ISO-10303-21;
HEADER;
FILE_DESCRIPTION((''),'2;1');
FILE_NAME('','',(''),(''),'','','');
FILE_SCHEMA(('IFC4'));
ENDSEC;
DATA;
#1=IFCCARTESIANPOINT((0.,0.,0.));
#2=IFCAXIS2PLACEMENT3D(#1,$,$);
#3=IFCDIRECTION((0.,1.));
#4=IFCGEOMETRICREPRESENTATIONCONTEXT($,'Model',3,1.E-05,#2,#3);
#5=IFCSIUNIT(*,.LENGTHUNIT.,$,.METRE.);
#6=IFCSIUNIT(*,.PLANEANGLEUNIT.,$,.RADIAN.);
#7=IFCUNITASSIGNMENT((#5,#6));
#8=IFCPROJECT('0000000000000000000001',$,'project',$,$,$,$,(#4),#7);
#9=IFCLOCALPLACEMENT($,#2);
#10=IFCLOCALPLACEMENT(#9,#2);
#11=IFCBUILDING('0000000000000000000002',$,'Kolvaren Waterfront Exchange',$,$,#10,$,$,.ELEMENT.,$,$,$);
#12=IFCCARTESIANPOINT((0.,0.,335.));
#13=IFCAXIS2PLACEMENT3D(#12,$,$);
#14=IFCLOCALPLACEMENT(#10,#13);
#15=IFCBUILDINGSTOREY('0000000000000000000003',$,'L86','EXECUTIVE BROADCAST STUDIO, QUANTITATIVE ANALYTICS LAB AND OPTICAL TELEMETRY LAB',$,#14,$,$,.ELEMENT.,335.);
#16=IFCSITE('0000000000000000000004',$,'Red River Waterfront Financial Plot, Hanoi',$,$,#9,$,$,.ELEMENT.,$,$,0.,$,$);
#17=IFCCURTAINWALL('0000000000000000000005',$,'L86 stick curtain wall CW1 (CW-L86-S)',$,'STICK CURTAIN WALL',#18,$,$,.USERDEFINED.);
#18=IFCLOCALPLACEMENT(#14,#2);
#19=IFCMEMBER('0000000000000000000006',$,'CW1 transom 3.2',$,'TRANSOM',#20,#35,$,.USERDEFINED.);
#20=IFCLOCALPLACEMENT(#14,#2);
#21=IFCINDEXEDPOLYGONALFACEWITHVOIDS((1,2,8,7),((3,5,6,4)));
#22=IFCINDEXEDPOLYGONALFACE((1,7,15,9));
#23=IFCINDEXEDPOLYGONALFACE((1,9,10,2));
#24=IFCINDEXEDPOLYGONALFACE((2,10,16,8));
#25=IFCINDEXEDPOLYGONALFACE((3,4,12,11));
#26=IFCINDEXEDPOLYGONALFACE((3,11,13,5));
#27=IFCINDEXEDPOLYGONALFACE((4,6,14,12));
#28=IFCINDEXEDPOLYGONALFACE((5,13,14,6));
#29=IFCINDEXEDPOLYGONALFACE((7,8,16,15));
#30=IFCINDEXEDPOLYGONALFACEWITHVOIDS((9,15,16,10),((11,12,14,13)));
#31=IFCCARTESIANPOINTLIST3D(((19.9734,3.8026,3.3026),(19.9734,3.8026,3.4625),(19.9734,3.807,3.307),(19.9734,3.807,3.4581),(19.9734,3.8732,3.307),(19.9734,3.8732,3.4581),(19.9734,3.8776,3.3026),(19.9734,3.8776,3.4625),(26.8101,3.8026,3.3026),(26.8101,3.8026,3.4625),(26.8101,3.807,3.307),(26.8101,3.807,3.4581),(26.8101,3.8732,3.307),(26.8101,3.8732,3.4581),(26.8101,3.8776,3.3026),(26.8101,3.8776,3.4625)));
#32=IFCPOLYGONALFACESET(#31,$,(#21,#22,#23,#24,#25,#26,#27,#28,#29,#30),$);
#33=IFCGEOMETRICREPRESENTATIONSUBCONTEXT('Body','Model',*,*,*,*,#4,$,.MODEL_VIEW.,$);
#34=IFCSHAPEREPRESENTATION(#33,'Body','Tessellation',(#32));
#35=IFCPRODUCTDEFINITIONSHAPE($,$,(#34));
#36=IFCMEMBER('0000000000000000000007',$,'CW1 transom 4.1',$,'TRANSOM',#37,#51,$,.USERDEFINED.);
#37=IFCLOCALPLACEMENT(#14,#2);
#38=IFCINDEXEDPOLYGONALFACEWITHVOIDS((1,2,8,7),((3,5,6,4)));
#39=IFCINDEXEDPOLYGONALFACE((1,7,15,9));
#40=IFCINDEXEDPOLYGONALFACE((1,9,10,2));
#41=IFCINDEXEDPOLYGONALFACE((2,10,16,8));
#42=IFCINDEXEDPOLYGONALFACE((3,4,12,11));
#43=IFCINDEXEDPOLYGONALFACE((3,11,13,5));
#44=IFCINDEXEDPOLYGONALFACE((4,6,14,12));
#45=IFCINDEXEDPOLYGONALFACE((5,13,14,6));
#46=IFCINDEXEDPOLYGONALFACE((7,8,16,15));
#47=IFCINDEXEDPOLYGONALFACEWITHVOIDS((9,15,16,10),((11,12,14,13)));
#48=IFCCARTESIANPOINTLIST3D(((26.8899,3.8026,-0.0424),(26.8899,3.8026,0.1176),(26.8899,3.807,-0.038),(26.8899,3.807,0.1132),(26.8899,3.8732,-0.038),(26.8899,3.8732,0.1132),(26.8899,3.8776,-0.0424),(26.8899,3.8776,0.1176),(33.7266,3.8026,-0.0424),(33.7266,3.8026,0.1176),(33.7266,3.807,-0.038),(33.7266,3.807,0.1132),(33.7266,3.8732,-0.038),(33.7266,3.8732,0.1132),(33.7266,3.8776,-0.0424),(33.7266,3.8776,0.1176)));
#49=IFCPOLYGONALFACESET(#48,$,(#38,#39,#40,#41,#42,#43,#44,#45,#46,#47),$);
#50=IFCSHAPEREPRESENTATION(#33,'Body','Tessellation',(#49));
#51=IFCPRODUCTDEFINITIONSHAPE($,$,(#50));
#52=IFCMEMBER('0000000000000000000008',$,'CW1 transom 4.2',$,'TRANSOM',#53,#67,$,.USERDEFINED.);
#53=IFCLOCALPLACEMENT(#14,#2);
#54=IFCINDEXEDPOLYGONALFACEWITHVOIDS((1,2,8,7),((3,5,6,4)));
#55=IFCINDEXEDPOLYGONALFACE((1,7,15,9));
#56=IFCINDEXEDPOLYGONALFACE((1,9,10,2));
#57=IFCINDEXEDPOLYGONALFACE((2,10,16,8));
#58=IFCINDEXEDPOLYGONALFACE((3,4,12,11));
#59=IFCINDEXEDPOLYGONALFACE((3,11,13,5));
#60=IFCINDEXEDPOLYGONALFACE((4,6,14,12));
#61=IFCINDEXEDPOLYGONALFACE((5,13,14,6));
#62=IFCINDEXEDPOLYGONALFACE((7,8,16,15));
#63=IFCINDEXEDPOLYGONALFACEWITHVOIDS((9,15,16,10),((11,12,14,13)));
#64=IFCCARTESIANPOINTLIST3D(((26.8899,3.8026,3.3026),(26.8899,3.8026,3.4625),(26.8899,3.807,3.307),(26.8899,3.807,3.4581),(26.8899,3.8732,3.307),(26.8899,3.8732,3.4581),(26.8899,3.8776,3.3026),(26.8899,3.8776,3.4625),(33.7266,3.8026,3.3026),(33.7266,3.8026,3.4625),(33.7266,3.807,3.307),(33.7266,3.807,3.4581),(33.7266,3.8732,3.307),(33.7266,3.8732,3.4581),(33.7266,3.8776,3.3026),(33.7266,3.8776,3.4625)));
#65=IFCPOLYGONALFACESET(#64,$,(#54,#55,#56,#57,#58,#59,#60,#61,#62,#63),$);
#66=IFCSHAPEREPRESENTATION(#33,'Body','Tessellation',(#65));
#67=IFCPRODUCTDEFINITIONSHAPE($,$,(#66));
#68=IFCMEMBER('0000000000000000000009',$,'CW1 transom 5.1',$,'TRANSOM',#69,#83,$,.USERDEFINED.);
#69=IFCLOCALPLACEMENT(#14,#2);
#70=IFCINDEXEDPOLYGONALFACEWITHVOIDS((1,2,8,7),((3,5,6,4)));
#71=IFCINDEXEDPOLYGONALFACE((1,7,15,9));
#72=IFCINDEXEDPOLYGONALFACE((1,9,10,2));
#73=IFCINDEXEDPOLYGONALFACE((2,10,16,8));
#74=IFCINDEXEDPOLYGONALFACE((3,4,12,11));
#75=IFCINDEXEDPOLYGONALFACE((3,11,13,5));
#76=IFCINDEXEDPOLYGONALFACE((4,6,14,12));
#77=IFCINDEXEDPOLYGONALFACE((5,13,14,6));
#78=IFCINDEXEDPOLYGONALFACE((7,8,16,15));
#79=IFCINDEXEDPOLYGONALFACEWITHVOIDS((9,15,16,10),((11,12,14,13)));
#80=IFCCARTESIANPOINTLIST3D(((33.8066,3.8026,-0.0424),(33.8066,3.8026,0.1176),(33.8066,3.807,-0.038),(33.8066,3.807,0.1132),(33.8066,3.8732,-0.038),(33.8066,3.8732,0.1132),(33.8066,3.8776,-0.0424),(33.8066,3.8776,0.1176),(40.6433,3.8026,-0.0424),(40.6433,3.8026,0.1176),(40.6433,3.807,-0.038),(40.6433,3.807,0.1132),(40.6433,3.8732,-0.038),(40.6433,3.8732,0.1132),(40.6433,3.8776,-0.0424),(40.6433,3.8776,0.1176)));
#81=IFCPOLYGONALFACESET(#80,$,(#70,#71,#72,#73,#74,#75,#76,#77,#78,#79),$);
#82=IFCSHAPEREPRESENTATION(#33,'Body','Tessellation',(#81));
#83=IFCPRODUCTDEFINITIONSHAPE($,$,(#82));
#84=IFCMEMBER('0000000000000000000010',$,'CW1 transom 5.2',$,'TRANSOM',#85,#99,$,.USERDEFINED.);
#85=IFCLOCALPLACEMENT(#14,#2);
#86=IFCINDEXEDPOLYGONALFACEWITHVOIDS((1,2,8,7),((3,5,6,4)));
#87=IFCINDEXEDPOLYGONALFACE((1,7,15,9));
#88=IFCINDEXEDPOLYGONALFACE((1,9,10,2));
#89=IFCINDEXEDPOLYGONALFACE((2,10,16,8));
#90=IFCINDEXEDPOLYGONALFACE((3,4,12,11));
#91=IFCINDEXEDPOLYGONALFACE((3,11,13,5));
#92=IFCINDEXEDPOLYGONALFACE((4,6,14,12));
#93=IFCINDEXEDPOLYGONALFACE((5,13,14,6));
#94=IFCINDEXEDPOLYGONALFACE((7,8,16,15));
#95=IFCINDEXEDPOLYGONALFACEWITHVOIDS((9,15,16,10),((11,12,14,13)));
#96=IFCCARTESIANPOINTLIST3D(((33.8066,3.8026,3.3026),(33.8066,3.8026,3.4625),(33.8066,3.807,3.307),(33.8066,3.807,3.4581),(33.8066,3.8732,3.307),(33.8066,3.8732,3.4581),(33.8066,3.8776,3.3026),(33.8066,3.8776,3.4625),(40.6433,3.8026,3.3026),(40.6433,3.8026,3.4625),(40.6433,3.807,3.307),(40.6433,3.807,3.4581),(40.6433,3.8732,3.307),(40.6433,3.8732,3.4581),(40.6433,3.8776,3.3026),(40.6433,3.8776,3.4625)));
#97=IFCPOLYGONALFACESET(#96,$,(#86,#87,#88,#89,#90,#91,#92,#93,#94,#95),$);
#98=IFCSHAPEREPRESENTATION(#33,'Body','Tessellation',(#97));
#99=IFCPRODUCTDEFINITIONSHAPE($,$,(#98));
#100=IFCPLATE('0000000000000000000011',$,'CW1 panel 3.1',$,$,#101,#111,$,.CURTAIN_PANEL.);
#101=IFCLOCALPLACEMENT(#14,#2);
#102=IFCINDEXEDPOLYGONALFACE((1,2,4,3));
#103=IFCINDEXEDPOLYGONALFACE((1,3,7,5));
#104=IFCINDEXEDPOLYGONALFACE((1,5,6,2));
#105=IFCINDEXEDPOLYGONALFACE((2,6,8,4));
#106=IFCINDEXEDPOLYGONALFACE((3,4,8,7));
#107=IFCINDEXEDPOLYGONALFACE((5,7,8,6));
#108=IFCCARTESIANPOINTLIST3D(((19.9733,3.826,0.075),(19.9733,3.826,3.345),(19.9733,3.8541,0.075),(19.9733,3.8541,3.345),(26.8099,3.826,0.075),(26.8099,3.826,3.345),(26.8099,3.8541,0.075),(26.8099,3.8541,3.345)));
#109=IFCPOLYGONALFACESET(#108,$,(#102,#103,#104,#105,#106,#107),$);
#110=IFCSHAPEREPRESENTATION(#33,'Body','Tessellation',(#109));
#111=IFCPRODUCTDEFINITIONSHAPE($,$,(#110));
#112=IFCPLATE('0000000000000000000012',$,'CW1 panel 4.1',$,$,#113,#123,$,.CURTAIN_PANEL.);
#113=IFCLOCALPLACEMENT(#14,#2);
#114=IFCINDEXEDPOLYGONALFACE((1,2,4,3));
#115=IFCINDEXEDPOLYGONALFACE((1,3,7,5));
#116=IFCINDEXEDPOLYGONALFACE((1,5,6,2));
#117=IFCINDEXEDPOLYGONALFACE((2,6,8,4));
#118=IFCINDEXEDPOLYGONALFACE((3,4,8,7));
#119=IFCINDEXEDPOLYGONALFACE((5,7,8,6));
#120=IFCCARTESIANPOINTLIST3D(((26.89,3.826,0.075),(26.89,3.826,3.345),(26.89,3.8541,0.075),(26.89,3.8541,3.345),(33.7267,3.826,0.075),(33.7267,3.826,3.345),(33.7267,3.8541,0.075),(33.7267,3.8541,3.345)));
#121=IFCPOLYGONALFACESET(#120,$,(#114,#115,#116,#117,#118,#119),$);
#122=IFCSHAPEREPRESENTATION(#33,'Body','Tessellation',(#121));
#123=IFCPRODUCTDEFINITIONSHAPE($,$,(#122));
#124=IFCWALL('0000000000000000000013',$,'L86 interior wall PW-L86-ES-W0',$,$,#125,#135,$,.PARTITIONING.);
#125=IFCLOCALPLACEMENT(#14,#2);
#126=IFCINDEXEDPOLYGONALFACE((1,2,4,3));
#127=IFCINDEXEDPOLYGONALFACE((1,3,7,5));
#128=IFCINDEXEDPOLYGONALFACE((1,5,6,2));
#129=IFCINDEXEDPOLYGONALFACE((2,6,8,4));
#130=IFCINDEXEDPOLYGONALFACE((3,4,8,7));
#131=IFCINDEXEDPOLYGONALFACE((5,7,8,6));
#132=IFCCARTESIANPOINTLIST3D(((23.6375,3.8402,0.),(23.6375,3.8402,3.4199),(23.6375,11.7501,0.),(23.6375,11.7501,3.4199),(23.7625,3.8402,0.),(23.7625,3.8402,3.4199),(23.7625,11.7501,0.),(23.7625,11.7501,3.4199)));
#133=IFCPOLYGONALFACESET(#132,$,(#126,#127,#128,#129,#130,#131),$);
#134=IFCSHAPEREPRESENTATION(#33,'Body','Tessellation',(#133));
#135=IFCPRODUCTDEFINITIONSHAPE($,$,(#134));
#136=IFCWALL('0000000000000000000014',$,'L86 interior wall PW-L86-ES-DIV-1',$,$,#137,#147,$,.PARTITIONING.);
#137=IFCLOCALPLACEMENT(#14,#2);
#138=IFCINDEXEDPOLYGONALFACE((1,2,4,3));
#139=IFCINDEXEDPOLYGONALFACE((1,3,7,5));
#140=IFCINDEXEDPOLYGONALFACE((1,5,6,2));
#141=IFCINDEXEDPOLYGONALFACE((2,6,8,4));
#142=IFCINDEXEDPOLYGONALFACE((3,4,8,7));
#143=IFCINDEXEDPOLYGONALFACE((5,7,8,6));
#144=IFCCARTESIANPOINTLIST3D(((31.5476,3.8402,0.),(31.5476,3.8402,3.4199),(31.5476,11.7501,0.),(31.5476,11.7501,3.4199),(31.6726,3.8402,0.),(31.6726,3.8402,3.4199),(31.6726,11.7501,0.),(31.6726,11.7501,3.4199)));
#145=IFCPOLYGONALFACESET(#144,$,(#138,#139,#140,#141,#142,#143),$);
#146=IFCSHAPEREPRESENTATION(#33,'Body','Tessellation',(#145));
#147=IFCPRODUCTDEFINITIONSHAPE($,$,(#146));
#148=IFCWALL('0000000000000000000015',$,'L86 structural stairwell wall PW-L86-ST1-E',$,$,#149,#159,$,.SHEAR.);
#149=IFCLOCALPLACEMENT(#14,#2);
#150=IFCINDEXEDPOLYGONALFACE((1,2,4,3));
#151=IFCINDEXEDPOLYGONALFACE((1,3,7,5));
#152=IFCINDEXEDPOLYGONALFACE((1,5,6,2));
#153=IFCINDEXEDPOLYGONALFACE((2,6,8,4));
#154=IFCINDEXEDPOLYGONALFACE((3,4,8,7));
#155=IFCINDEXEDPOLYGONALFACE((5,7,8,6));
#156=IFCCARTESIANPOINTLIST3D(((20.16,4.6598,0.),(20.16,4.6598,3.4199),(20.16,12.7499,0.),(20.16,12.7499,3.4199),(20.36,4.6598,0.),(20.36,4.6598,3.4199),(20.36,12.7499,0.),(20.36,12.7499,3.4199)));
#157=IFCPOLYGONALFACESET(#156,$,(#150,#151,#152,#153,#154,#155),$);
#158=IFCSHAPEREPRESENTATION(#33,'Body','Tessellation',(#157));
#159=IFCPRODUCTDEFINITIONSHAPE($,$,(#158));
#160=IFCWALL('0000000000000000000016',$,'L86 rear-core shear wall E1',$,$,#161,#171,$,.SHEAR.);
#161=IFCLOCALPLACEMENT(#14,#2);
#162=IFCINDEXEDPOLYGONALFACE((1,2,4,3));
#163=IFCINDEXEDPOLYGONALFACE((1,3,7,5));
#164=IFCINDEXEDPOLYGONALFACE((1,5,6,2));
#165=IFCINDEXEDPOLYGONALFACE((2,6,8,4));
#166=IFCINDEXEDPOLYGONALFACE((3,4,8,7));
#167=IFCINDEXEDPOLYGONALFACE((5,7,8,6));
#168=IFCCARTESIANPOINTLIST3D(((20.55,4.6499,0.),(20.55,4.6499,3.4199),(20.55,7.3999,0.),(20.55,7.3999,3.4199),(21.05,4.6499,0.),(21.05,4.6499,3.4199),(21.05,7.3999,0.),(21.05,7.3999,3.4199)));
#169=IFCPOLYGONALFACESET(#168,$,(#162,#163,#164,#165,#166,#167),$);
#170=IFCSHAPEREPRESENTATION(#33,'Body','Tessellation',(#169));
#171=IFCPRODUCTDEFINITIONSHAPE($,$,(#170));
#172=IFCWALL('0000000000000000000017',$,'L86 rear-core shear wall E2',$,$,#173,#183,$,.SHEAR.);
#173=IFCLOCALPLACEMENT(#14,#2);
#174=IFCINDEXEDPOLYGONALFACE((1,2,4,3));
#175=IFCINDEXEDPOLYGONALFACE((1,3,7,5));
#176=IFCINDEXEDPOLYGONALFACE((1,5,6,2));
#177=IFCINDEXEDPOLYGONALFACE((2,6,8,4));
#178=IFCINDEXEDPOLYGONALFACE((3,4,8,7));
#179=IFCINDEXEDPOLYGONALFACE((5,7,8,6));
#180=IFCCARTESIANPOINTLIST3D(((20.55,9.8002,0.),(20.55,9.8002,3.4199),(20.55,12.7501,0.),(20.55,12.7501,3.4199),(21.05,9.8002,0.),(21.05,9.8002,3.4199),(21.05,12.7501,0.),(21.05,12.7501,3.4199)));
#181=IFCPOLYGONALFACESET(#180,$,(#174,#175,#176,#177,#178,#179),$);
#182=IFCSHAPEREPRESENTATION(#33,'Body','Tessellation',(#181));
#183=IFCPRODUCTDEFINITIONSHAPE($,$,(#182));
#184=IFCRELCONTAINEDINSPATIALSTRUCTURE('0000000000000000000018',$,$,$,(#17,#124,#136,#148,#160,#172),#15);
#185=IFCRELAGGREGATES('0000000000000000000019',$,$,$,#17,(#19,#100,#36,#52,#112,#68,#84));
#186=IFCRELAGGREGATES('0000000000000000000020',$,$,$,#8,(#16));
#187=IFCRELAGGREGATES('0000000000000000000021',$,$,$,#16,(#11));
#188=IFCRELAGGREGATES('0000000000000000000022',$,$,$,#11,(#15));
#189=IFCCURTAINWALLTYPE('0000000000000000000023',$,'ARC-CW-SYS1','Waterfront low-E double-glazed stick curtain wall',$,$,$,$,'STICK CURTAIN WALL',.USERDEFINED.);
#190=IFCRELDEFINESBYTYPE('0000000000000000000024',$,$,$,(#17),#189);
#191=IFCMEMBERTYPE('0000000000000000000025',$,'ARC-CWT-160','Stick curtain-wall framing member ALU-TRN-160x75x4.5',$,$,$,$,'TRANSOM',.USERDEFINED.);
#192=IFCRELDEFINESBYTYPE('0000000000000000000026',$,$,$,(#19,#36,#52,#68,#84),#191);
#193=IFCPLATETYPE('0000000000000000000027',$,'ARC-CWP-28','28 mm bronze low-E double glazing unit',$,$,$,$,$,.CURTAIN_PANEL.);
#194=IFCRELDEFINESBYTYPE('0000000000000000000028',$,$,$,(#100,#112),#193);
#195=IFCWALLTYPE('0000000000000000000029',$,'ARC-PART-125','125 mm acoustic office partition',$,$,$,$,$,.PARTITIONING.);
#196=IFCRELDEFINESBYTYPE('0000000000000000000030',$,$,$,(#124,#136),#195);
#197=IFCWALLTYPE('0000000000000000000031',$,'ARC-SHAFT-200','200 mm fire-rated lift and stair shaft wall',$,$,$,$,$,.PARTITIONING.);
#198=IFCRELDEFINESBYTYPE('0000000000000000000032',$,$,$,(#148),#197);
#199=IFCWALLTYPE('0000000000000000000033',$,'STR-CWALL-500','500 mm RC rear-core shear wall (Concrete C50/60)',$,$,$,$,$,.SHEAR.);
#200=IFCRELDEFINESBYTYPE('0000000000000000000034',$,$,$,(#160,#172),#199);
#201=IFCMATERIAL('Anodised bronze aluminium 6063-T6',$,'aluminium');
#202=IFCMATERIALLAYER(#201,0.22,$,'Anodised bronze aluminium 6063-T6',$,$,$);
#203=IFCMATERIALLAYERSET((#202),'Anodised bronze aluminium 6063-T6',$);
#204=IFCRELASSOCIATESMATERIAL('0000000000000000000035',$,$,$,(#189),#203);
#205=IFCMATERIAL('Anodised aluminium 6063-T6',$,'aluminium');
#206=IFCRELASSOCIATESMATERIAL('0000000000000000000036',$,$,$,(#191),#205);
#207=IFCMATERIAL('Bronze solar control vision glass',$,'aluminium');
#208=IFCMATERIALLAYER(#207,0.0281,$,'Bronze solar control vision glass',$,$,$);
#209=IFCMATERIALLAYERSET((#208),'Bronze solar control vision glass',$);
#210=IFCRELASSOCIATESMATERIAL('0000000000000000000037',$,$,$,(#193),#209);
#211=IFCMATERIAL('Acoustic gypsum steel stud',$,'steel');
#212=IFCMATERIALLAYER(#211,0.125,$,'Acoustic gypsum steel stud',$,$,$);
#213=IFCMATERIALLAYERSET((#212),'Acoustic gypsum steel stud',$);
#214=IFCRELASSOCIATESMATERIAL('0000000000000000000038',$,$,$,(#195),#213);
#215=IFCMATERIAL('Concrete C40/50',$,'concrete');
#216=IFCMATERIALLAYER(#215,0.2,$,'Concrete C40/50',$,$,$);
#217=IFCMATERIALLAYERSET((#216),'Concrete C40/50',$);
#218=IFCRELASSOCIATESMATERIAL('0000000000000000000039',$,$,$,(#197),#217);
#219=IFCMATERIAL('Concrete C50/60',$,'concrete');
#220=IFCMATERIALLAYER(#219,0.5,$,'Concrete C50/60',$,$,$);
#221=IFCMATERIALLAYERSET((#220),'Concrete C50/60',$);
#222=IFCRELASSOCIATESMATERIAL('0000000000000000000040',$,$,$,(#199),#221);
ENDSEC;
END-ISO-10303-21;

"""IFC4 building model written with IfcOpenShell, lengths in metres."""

from ifc_helpers import new_model, si_unit, direction, frame, frame_2d, origin, origin_with_axes, origin_2d, place, context, subcontext, project, spatial, rectangle, hollow_rectangle, extrude, source, transform, mapped, material, layer, layer_set, material_profile, profile_set, type_object, element, aggregate, save


model = new_model("IFC4")

# Units and contexts
model_context = context("Model", 3, precision=1e-05, world=origin(), true_north=direction((0.0, 1.0)))
body_context = subcontext(model_context, "Body", "Model", "MODEL_VIEW")
ifc_project = project(units=[si_unit("LENGTHUNIT", "METRE"), si_unit("PLANEANGLEUNIT", "RADIAN")], contexts=[model_context])

# Site, building, storey
site_placement = place(None, origin())
site = spatial("IfcSite", under=ifc_project, at=site_placement, Name="Red River Waterfront Financial Plot, Hanoi", CompositionType="ELEMENT", RefElevation=0.0)
building_placement = place(site_placement, origin())
building = spatial("IfcBuilding", under=site, at=building_placement, Name="Kolvaren Waterfront Exchange", CompositionType="ELEMENT")
storey_placement = place(building_placement, frame((0.0, 0.0, 335.0)))
storey = spatial("IfcBuildingStorey", under=building, at=storey_placement, Name="L86", Description="EXECUTIVE BROADCAST STUDIO, QUANTITATIVE ANALYTICS LAB AND OPTICAL TELEMETRY LAB", CompositionType="ELEMENT", Elevation=335.0)

# Shared definitions
ifc_material_1 = material(Name="Concrete C50/60", Category="concrete")

# Curtain wall, members, plates
ifc_material_2 = material(Name="Anodised bronze aluminium 6063-T6", Category="aluminium")
ifc_layer_1 = layer(ifc_material_2, 0.22, Name="Anodised bronze aluminium 6063-T6")
ifc_layer_set_1 = layer_set([ifc_layer_1], Name="Anodised bronze aluminium 6063-T6")
curtain_wall_type = type_object("IfcCurtainWallType", Name="ARC-CW-SYS1", Description="Waterfront low-E double-glazed stick curtain wall", ElementType="STICK CURTAIN WALL", PredefinedType="USERDEFINED", material=ifc_layer_set_1)
curtain_wall_placement = place(storey_placement, origin())
curtain_wall = element("IfcCurtainWall", 1, at=curtain_wall_placement, inside=storey, type_object=curtain_wall_type, Name="L86 stick curtain wall CW1 (CW-L86-S)", ObjectType="STICK CURTAIN WALL", PredefinedType="USERDEFINED")
ifc_material_3 = material(Name="Anodised aluminium 6063-T6", Category="aluminium")
ifc_material_profile_1 = material_profile(ifc_material_3, hollow_rectangle(XDim=0.075, YDim=0.1599, WallThickness=0.0044, at=origin_2d()), Name="ALU-TRN-160x75x4.5")
ifc_profile_set_1 = profile_set([ifc_material_profile_1], Name="Anodised aluminium 6063-T6")
member_type_1 = type_object("IfcMemberType", Name="ARC-CWT-160", Description="Stick curtain-wall framing member ALU-TRN-160x75x4.5", ElementType="TRANSOM", PredefinedType="USERDEFINED", material=ifc_profile_set_1)
shared_shape_1 = source(origin_with_axes(), body_context, "Body", "SweptSolid", [
    extrude(hollow_rectangle(XDim=0.075, YDim=0.1599, WallThickness=0.0044, at=origin_2d()), origin(), (0.0, 0.0, 1.0), 6.8367),
])
member_1_placement = place(storey_placement, frame((19.9734, 3.8401, 3.3826), z_axis=(1.0, 0.0, 0.0), x_axis=(0.0, 1.0, 0.0)))
member_1 = element("IfcMember", 2, at=member_1_placement, type_object=member_type_1, Name="CW1 transom 3.2", ObjectType="TRANSOM", PredefinedType="USERDEFINED", context=body_context, shape_type="MappedRepresentation", body=[
    mapped(shared_shape_1, transform((0.0, 0.0, 0.0), x_axis=(1.0, 0.0, 0.0), y_axis=(0.0, 1.0, 0.0), z_axis=(0.0, 0.0, 1.0), scale=1.0)),
])
member_2_placement = place(storey_placement, frame((26.8899, 3.8401, 0.0376), z_axis=(1.0, 0.0, 0.0), x_axis=(0.0, 1.0, 0.0)))
member_2 = element("IfcMember", 3, at=member_2_placement, type_object=member_type_1, Name="CW1 transom 4.1", ObjectType="TRANSOM", PredefinedType="USERDEFINED", context=body_context, shape_type="MappedRepresentation", body=[
    mapped(shared_shape_1, transform((0.0, 0.0, 0.0), x_axis=(1.0, 0.0, 0.0), y_axis=(0.0, 1.0, 0.0), z_axis=(0.0, 0.0, 1.0), scale=1.0)),
])
member_3_placement = place(storey_placement, frame((26.8899, 3.8401, 3.3826), z_axis=(1.0, 0.0, 0.0), x_axis=(0.0, 1.0, 0.0)))
member_3 = element("IfcMember", 4, at=member_3_placement, type_object=member_type_1, Name="CW1 transom 4.2", ObjectType="TRANSOM", PredefinedType="USERDEFINED", context=body_context, shape_type="MappedRepresentation", body=[
    mapped(shared_shape_1, transform((0.0, 0.0, 0.0), x_axis=(1.0, 0.0, 0.0), y_axis=(0.0, 1.0, 0.0), z_axis=(0.0, 0.0, 1.0), scale=1.0)),
])
member_4_placement = place(storey_placement, frame((33.8066, 3.8401, 0.0376), z_axis=(1.0, 0.0, 0.0), x_axis=(0.0, 1.0, 0.0)))
member_4 = element("IfcMember", 5, at=member_4_placement, type_object=member_type_1, Name="CW1 transom 5.1", ObjectType="TRANSOM", PredefinedType="USERDEFINED", context=body_context, shape_type="MappedRepresentation", body=[
    mapped(shared_shape_1, transform((0.0, 0.0, 0.0), x_axis=(1.0, 0.0, 0.0), y_axis=(0.0, 1.0, 0.0), z_axis=(0.0, 0.0, 1.0), scale=1.0)),
])
member_5_placement = place(storey_placement, frame((33.8066, 3.8401, 3.3826), z_axis=(1.0, 0.0, 0.0), x_axis=(0.0, 1.0, 0.0)))
member_5 = element("IfcMember", 6, at=member_5_placement, type_object=member_type_1, Name="CW1 transom 5.2", ObjectType="TRANSOM", PredefinedType="USERDEFINED", context=body_context, shape_type="MappedRepresentation", body=[
    mapped(shared_shape_1, transform((0.0, 0.0, 0.0), x_axis=(1.0, 0.0, 0.0), y_axis=(0.0, 1.0, 0.0), z_axis=(0.0, 0.0, 1.0), scale=1.0)),
])
ifc_material_4 = material(Name="Bronze solar control vision glass", Category="aluminium")
ifc_layer_2 = layer(ifc_material_4, 0.0281, Name="Bronze solar control vision glass")
ifc_layer_set_2 = layer_set([ifc_layer_2], Name="Bronze solar control vision glass")
plate_type = type_object("IfcPlateType", Name="ARC-CWP-28", Description="28 mm bronze low-E double glazing unit", PredefinedType="CURTAIN_PANEL", material=ifc_layer_set_2)
shared_shape_2 = source(origin_with_axes(), body_context, "Body", "SweptSolid", [
    extrude(rectangle(XDim=6.8367, YDim=0.0281, at=origin_2d()), origin(), (0.0, 0.0, 1.0), 3.27),
])
plate_1_placement = place(storey_placement, frame((23.3916, 3.8401, 0.075), z_axis=(0.0, 0.0, 1.0), x_axis=(1.0, 0.0, 0.0)))
plate_1 = element("IfcPlate", 7, at=plate_1_placement, type_object=plate_type, Name="CW1 panel 3.1", PredefinedType="CURTAIN_PANEL", context=body_context, shape_type="MappedRepresentation", body=[
    mapped(shared_shape_2, transform((0.0, 0.0, 0.0), x_axis=(1.0, 0.0, 0.0), y_axis=(0.0, 1.0, 0.0), z_axis=(0.0, 0.0, 1.0), scale=1.0)),
])
plate_2_placement = place(storey_placement, frame((30.3083, 3.8401, 0.075), z_axis=(0.0, 0.0, 1.0), x_axis=(1.0, 0.0, 0.0)))
plate_2 = element("IfcPlate", 8, at=plate_2_placement, type_object=plate_type, Name="CW1 panel 4.1", PredefinedType="CURTAIN_PANEL", context=body_context, shape_type="MappedRepresentation", body=[
    mapped(shared_shape_2, transform((0.0, 0.0, 0.0), x_axis=(1.0, 0.0, 0.0), y_axis=(0.0, 1.0, 0.0), z_axis=(0.0, 0.0, 1.0), scale=1.0)),
])
aggregate(curtain_wall, [member_1, plate_1, member_2, member_3, plate_2, member_4, member_5])

# Walls
ifc_material_5 = material(Name="Acoustic gypsum steel stud", Category="steel")
ifc_layer_3 = layer(ifc_material_5, 0.125, Name="Acoustic gypsum steel stud")
ifc_layer_set_3 = layer_set([ifc_layer_3], Name="Acoustic gypsum steel stud")
wall_type_1 = type_object("IfcWallType", Name="ARC-PART-125", Description="125 mm acoustic office partition", PredefinedType="PARTITIONING", material=ifc_layer_set_3)
for number, where, z_axis, x_axis, name in (
    (9, (23.7, 3.8401, 0.0), (0.0, 0.0, 1.0), (0.0, 1.0, 0.0), "L86 interior wall PW-L86-ES-W0"),
    (10, (31.6101, 3.8401, 0.0), (0.0, 0.0, 1.0), (0.0, 1.0, 0.0), "L86 interior wall PW-L86-ES-DIV-1"),
):
    element("IfcWall", number, at=place(storey_placement, frame(where, z_axis=z_axis, x_axis=x_axis)), inside=storey, type_object=wall_type_1, Name=name, PredefinedType="PARTITIONING", context=body_context, shape_type="SweptSolid", body=[
        extrude(rectangle(XDim=7.9099, YDim=0.125, at=frame_2d((3.9551, 0.0))), origin(), (0.0, 0.0, 1.0), 3.4199),
    ])
ifc_material_6 = material(Name="Concrete C40/50", Category="concrete")
ifc_layer_4 = layer(ifc_material_6, 0.2, Name="Concrete C40/50")
ifc_layer_set_4 = layer_set([ifc_layer_4], Name="Concrete C40/50")
wall_type_2 = type_object("IfcWallType", Name="ARC-SHAFT-200", Description="200 mm fire-rated lift and stair shaft wall", PredefinedType="PARTITIONING", material=ifc_layer_set_4)
wall_1_placement = place(storey_placement, frame((20.26, 4.6599, 0.0), z_axis=(0.0, 0.0, 1.0), x_axis=(0.0, 1.0, 0.0)))
element("IfcWall", 11, at=wall_1_placement, inside=storey, type_object=wall_type_2, Name="L86 structural stairwell wall PW-L86-ST1-E", PredefinedType="SHEAR", context=body_context, shape_type="SweptSolid", body=[
    extrude(rectangle(XDim=8.0901, YDim=0.2, at=frame_2d((4.0449, 0.0))), origin(), (0.0, 0.0, 1.0), 3.4199),
])
ifc_layer_5 = layer(ifc_material_1, 0.5, Name="Concrete C50/60")
ifc_layer_set_5 = layer_set([ifc_layer_5], Name="Concrete C50/60")
wall_type_3 = type_object("IfcWallType", Name="STR-CWALL-500", Description="500 mm RC rear-core shear wall (Concrete C50/60)", PredefinedType="SHEAR", material=ifc_layer_set_5)
wall_2_placement = place(storey_placement, frame((20.8, 4.6499, 0.0), z_axis=(0.0, 0.0, 1.0), x_axis=(0.0, 1.0, 0.0)))
element("IfcWall", 12, at=wall_2_placement, inside=storey, type_object=wall_type_3, Name="L86 rear-core shear wall E1", PredefinedType="SHEAR", context=body_context, shape_type="SweptSolid", body=[
    extrude(rectangle(XDim=2.75, YDim=0.5, at=frame_2d((1.375, 0.0))), origin(), (0.0, 0.0, 1.0), 3.4199),
])
wall_3_placement = place(storey_placement, frame((20.8, 9.8, 0.0), z_axis=(0.0, 0.0, 1.0), x_axis=(0.0, 1.0, 0.0)))
element("IfcWall", 13, at=wall_3_placement, inside=storey, type_object=wall_type_3, Name="L86 rear-core shear wall E2", PredefinedType="SHEAR", context=body_context, shape_type="SweptSolid", body=[
    extrude(rectangle(XDim=2.95, YDim=0.5, at=frame_2d((1.4751, 0.0))), origin(), (0.0, 0.0, 1.0), 3.4199),
])

save(model, "model.ifc")
